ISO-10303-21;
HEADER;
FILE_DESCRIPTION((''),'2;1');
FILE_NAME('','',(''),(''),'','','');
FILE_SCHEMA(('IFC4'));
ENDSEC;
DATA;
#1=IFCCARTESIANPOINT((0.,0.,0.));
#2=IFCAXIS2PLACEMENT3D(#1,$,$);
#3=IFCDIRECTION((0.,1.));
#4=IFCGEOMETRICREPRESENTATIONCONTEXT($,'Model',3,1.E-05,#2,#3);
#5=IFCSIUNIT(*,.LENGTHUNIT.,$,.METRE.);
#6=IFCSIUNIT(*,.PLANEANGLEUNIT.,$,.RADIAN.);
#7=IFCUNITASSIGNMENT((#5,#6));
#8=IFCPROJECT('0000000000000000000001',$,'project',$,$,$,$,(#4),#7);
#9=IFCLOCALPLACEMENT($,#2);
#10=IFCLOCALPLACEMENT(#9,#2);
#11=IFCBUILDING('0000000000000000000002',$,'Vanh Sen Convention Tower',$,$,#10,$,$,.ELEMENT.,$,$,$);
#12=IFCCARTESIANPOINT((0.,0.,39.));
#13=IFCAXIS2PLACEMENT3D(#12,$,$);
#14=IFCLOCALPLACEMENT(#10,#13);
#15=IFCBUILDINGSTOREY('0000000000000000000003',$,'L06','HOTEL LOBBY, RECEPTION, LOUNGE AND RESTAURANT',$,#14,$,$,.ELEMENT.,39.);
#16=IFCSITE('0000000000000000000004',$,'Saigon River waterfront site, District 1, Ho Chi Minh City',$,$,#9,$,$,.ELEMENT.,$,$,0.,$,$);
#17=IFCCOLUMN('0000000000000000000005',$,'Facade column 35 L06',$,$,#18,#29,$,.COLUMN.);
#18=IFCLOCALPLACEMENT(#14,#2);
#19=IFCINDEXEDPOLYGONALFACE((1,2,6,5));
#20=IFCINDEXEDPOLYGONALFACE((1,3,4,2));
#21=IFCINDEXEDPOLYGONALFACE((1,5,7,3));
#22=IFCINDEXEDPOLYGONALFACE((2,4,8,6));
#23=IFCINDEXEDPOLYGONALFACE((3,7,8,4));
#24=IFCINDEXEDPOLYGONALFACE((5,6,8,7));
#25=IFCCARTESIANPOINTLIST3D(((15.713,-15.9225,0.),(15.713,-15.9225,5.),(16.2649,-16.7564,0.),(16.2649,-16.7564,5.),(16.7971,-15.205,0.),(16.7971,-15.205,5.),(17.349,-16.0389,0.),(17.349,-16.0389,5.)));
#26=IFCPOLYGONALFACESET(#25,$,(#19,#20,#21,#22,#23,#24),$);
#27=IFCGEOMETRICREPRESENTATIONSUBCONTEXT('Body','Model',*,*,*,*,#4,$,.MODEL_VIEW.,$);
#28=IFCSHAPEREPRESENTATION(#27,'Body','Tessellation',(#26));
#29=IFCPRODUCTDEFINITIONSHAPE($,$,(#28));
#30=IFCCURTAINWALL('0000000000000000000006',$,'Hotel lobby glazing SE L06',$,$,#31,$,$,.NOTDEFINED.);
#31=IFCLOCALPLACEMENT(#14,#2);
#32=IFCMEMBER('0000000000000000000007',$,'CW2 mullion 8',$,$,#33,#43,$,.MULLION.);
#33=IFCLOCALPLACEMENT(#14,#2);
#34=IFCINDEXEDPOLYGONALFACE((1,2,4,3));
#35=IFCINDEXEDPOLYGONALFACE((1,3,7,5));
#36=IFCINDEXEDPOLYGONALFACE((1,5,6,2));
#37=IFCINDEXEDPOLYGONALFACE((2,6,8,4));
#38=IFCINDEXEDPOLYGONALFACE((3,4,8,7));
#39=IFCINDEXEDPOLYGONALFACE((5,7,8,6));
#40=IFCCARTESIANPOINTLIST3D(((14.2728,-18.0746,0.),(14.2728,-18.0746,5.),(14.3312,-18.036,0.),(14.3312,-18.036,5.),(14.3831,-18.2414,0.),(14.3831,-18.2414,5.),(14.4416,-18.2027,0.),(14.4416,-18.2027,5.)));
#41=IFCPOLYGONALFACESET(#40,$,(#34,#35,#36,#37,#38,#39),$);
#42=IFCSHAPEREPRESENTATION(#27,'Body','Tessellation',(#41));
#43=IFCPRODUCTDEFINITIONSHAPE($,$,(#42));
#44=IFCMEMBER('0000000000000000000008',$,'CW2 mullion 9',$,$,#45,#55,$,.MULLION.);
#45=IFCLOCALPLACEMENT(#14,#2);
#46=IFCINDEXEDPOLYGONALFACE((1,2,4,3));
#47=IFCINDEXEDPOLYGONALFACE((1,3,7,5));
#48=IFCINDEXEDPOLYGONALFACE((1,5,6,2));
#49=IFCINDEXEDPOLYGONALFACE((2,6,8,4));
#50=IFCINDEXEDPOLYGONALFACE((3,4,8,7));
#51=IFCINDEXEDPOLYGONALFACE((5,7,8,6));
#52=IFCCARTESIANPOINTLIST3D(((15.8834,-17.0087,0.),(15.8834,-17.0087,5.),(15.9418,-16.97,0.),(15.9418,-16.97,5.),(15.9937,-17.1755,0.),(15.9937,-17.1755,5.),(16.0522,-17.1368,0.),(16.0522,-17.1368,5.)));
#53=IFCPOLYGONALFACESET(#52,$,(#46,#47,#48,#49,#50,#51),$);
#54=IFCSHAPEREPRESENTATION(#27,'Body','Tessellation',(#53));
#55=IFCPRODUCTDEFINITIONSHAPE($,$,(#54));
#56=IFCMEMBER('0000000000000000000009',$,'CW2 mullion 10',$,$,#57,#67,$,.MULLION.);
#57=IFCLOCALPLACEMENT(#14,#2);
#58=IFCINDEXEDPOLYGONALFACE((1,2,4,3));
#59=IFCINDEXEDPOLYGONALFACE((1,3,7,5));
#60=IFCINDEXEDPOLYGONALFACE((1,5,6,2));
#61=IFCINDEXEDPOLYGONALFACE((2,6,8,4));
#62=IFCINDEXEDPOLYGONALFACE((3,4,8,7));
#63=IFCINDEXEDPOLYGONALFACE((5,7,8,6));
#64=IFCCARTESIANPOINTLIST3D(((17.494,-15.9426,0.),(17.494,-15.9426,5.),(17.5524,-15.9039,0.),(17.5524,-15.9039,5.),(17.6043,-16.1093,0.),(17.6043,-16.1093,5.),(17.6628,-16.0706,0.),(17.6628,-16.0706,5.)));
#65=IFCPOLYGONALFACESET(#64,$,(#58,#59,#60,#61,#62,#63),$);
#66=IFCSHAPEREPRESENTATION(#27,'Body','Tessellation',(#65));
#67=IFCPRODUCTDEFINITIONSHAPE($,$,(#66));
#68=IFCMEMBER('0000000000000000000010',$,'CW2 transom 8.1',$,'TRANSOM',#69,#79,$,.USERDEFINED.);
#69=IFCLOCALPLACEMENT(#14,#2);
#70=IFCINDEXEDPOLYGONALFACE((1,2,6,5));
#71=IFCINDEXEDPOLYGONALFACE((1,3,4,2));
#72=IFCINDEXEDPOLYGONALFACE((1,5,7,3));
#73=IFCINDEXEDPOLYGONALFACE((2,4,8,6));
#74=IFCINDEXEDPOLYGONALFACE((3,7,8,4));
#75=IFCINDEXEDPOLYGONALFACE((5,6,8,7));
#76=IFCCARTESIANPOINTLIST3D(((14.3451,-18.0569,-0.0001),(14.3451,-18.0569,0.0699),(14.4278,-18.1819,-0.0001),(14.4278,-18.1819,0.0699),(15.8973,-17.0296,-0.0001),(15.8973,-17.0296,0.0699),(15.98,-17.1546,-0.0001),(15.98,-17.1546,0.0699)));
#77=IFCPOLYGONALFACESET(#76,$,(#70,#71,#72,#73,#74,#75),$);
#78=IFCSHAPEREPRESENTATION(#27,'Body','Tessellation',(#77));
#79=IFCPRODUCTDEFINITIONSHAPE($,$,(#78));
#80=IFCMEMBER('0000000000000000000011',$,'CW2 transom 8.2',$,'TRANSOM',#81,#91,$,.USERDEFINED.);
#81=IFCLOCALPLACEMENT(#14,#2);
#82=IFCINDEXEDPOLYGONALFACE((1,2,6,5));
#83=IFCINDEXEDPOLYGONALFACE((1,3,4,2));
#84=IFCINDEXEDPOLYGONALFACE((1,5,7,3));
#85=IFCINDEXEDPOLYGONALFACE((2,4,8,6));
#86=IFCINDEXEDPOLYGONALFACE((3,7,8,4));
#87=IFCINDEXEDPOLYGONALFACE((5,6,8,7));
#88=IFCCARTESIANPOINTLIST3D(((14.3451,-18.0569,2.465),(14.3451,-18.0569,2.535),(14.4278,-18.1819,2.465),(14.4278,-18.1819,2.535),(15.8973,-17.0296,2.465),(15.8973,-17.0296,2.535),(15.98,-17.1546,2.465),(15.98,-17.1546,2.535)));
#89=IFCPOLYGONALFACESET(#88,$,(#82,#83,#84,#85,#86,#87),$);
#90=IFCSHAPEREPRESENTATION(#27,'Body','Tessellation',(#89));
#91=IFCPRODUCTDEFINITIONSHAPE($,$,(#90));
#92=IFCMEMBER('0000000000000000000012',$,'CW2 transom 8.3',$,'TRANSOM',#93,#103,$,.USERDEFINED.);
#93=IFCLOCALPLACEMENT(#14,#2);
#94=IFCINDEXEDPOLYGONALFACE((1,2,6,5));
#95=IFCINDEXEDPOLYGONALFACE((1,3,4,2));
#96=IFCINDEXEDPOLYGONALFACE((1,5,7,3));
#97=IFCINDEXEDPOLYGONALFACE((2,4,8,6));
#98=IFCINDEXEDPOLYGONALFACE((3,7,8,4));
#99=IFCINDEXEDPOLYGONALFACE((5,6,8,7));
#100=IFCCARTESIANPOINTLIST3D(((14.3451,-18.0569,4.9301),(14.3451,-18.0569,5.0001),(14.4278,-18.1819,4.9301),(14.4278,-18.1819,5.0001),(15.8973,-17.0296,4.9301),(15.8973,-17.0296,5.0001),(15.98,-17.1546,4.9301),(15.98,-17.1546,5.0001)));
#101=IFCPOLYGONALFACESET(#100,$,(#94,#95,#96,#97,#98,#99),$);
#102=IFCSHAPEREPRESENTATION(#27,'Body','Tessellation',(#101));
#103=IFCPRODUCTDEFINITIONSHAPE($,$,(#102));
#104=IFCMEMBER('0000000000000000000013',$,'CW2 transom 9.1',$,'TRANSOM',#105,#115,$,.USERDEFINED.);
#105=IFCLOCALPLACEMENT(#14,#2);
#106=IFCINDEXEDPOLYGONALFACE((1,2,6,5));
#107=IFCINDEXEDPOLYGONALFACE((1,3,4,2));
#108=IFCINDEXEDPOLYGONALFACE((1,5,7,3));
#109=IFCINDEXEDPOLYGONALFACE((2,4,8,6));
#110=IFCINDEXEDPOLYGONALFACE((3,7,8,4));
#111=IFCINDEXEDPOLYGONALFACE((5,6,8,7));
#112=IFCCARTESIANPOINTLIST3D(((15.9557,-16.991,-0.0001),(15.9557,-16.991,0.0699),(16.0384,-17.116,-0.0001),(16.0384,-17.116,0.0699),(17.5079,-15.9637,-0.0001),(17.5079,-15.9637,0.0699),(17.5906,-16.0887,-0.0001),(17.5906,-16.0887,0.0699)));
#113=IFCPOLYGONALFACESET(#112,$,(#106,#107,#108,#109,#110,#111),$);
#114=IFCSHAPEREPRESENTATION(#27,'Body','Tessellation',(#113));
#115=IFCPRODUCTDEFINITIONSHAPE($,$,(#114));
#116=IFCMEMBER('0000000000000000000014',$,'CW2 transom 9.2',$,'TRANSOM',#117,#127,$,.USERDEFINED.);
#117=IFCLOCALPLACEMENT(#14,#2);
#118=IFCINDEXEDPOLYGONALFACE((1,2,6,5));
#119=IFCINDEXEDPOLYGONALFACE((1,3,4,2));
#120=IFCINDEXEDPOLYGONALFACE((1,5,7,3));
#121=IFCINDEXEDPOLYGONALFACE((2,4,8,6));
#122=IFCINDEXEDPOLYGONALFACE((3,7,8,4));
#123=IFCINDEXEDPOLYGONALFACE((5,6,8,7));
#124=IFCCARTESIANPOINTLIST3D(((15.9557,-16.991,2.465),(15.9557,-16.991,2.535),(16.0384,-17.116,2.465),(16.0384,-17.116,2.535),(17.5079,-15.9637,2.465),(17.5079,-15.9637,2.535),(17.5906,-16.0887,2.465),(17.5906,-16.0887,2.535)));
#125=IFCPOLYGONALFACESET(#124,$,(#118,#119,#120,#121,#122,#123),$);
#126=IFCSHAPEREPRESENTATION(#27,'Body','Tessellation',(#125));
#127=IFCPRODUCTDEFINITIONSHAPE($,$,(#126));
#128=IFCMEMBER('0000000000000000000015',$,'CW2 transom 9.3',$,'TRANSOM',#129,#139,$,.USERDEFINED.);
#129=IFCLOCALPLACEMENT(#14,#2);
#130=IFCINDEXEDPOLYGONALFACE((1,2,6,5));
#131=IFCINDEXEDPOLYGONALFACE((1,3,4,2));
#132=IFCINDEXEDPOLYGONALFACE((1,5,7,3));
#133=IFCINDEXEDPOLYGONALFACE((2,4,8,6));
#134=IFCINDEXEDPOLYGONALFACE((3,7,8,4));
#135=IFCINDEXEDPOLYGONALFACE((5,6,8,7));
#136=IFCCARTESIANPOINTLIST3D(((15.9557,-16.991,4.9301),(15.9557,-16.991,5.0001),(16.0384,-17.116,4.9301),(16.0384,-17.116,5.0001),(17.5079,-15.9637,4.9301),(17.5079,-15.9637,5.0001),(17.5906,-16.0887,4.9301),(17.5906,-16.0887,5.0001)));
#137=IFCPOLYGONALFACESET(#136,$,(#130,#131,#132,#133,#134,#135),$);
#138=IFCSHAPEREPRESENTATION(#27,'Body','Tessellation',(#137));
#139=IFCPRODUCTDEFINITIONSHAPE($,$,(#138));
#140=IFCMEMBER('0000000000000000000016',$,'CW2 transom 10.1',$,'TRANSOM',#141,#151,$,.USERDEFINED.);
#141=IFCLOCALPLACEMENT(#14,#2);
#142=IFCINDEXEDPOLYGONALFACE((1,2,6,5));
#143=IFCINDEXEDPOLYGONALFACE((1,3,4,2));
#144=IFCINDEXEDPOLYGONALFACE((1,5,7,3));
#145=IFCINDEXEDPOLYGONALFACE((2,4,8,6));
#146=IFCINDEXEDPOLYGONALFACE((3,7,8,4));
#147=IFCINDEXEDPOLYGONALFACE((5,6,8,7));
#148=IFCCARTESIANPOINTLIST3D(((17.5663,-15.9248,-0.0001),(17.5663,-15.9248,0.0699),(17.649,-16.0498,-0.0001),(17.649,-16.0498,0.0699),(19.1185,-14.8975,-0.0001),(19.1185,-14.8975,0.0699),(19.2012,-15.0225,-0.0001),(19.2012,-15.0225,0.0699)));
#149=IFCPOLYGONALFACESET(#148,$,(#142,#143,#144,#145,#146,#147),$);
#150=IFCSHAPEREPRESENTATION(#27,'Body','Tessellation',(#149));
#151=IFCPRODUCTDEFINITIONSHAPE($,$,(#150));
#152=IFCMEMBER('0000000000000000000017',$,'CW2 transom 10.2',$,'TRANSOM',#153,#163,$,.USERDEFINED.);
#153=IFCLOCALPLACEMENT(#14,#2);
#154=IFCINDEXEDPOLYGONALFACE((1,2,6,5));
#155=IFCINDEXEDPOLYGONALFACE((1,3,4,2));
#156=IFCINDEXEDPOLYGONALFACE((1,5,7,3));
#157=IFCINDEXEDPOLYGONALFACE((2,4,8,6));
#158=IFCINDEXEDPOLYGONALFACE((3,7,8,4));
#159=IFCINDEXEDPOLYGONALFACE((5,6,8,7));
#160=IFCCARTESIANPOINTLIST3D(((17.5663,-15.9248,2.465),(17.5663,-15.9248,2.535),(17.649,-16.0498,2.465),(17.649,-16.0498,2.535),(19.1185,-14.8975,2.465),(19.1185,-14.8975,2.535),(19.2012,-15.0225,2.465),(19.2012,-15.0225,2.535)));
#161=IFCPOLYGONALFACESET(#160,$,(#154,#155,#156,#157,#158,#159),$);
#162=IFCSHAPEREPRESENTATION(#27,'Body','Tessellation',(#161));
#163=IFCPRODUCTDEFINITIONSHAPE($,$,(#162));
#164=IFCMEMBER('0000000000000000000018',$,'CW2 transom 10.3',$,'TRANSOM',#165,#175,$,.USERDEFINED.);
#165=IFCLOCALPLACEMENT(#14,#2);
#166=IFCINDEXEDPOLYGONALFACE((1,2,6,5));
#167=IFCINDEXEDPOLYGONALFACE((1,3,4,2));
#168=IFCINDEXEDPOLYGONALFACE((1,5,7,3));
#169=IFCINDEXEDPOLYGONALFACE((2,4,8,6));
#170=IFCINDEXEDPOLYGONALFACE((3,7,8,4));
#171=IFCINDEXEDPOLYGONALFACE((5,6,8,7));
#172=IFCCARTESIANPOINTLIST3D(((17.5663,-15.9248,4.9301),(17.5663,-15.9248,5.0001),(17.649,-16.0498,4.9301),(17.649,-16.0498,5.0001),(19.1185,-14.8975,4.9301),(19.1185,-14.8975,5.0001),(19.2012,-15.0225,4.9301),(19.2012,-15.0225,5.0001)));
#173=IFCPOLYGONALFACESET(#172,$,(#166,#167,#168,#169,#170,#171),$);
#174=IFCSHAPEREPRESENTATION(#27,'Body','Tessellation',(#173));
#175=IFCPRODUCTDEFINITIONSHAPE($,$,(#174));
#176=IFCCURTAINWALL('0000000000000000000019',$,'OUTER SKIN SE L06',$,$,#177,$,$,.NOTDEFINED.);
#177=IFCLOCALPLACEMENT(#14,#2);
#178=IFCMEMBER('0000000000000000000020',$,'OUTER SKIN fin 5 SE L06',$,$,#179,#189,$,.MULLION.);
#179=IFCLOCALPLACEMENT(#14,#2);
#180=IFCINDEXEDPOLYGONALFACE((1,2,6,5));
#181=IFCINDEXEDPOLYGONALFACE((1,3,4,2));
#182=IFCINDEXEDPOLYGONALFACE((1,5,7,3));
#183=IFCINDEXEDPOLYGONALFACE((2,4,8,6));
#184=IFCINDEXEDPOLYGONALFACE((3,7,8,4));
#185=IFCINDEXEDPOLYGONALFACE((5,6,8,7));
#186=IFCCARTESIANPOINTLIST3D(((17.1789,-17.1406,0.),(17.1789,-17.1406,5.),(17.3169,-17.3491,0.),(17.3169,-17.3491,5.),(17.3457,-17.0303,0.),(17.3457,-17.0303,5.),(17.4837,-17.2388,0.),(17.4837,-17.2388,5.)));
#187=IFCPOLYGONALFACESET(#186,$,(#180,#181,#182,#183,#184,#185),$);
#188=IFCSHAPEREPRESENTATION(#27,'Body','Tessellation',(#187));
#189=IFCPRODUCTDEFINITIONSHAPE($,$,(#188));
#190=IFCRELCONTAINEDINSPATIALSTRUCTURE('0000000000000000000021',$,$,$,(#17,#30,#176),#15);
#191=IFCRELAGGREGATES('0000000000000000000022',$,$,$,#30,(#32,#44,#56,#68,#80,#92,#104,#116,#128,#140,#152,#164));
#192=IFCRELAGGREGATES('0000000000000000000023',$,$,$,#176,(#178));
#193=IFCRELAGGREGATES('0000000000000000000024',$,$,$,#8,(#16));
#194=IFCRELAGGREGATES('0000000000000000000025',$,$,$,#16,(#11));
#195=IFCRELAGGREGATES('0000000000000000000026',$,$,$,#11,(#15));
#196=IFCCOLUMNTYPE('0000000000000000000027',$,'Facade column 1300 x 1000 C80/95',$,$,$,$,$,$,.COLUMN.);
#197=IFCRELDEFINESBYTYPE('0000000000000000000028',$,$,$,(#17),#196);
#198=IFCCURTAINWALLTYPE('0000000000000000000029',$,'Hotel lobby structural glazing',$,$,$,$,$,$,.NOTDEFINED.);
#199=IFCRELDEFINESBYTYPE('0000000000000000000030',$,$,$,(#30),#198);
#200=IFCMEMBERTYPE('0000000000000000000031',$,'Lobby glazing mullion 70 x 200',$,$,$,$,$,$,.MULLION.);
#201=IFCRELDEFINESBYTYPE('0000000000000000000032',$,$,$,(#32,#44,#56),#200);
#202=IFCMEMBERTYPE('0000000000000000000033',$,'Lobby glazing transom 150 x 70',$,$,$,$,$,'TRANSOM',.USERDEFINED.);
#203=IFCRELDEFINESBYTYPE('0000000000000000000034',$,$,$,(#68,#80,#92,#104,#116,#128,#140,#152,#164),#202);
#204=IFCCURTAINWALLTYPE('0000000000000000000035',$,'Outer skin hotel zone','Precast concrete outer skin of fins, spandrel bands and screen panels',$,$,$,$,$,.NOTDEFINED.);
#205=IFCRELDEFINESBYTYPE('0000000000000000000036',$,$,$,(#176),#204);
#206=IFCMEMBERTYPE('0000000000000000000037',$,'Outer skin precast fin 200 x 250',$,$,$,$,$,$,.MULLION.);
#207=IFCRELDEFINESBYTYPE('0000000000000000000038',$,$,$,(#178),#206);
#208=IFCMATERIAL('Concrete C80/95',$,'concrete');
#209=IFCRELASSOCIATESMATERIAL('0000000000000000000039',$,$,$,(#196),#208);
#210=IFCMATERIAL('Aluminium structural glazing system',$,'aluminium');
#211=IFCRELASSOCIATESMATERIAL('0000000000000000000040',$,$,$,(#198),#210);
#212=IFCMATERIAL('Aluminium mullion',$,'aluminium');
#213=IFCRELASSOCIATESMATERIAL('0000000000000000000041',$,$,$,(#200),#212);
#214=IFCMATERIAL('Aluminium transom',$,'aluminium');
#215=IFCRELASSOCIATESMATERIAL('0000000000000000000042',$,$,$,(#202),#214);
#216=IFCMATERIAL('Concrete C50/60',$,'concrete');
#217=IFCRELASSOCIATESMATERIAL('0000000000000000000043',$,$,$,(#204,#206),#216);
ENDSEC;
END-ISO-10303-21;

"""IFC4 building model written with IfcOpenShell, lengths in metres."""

from ifc_helpers import new_model, si_unit, direction, frame, origin, origin_2d, place, context, subcontext, project, spatial, rectangle, extrude, material, material_profile, profile_set, type_object, element, aggregate, save


model = new_model("IFC4")

# Units and contexts
model_context = context("Model", 3, precision=1e-05, world=origin(), true_north=direction((0.0, 1.0)))
body_context = subcontext(model_context, "Body", "Model", "MODEL_VIEW")
ifc_project = project(units=[si_unit("LENGTHUNIT", "METRE"), si_unit("PLANEANGLEUNIT", "RADIAN")], contexts=[model_context])

# Site, building, storey
site_placement = place(None, origin())
site = spatial("IfcSite", under=ifc_project, at=site_placement, Name="Saigon River waterfront site, District 1, Ho Chi Minh City", CompositionType="ELEMENT", RefElevation=0.0)
building_placement = place(site_placement, origin())
building = spatial("IfcBuilding", under=site, at=building_placement, Name="Vanh Sen Convention Tower", CompositionType="ELEMENT")
storey_placement = place(building_placement, frame((0.0, 0.0, 39.0)))
storey = spatial("IfcBuildingStorey", under=building, at=storey_placement, Name="L06", Description="HOTEL LOBBY, RECEPTION, LOUNGE AND RESTAURANT", CompositionType="ELEMENT", Elevation=39.0)

# Column
ifc_material_1 = material(Name="Concrete C80/95", Category="concrete")
ifc_material_profile_1 = material_profile(ifc_material_1, rectangle(XDim=1.3, YDim=1.0, at=origin_2d()), Name="RC 1300X1000")
ifc_profile_set_1 = profile_set([ifc_material_profile_1], Name="Concrete C80/95")
column_type = type_object("IfcColumnType", Name="Facade column 1300 x 1000 C80/95", PredefinedType="COLUMN", material=ifc_profile_set_1)
column_placement = place(storey_placement, frame((16.531, -15.9807, 0.0), z_axis=(0.0, 0.0, 1.0), x_axis=(0.833886, 0.551937, 0.0)))
element("IfcColumn", 1, at=column_placement, inside=storey, type_object=column_type, Name="Facade column 35 L06", PredefinedType="COLUMN", context=body_context, shape_type="SweptSolid", body=[
    extrude(rectangle(XDim=1.3, YDim=1.0, at=origin_2d()), origin(), (0.0, 0.0, 1.0), 5.0),
])

# Curtain wall, members
ifc_material_2 = material(Name="Aluminium structural glazing system", Category="aluminium")
curtain_wall_type_1 = type_object("IfcCurtainWallType", Name="Hotel lobby structural glazing", PredefinedType="NOTDEFINED", material=ifc_material_2)
curtain_wall_1_placement = place(storey_placement, origin())
curtain_wall_1 = element("IfcCurtainWall", 2, at=curtain_wall_1_placement, inside=storey, type_object=curtain_wall_type_1, Name="Hotel lobby glazing SE L06", PredefinedType="NOTDEFINED")
ifc_material_3 = material(Name="Aluminium mullion", Category="aluminium")
ifc_material_profile_2 = material_profile(ifc_material_3, rectangle(XDim=0.2, YDim=0.0701, at=origin_2d()), Name="Lobby glazing mullion 70 x 200")
ifc_profile_set_2 = profile_set([ifc_material_profile_2], Name="Aluminium mullion")
member_type_1 = type_object("IfcMemberType", Name="Lobby glazing mullion 70 x 200", PredefinedType="MULLION", material=ifc_profile_set_2)
member_1_placement = place(storey_placement, frame((14.3572, -18.1387, 0.0), z_axis=(0.0, 0.0, 1.0), x_axis=(-0.551937, 0.833886, 0.0)))
member_1 = element("IfcMember", 3, at=member_1_placement, type_object=member_type_1, Name="CW2 mullion 8", PredefinedType="MULLION", context=body_context, shape_type="SweptSolid", body=[
    extrude(rectangle(XDim=0.2, YDim=0.0701, at=origin_2d()), origin(), (0.0, 0.0, 1.0), 5.0),
])
member_2_placement = place(storey_placement, frame((15.9678, -17.0728, 0.0), z_axis=(0.0, 0.0, 1.0), x_axis=(-0.551937, 0.833886, 0.0)))
member_2 = element("IfcMember", 4, at=member_2_placement, type_object=member_type_1, Name="CW2 mullion 9", PredefinedType="MULLION", context=body_context, shape_type="SweptSolid", body=[
    extrude(rectangle(XDim=0.2, YDim=0.0701, at=origin_2d()), origin(), (0.0, 0.0, 1.0), 5.0),
])
member_3_placement = place(storey_placement, frame((17.5784, -16.0066, 0.0), z_axis=(0.0, 0.0, 1.0), x_axis=(-0.551937, 0.833886, 0.0)))
member_3 = element("IfcMember", 5, at=member_3_placement, type_object=member_type_1, Name="CW2 mullion 10", PredefinedType="MULLION", context=body_context, shape_type="SweptSolid", body=[
    extrude(rectangle(XDim=0.2, YDim=0.0701, at=origin_2d()), origin(), (0.0, 0.0, 1.0), 5.0),
])
ifc_material_4 = material(Name="Aluminium transom", Category="aluminium")
ifc_material_profile_3 = material_profile(ifc_material_4, rectangle(XDim=0.1499, YDim=0.0701, at=origin_2d()), Name="Lobby glazing transom 150 x 70")
ifc_profile_set_3 = profile_set([ifc_material_profile_3], Name="Aluminium transom")
member_type_2 = type_object("IfcMemberType", Name="Lobby glazing transom 150 x 70", ElementType="TRANSOM", PredefinedType="USERDEFINED", material=ifc_profile_set_3)
member_4_placement = place(storey_placement, frame((14.3865, -18.1194, 0.0349), z_axis=(0.833902, 0.551913, 0.0), x_axis=(-0.551913, 0.833902, 0.0)))
member_4 = element("IfcMember", 6, at=member_4_placement, type_object=member_type_2, Name="CW2 transom 8.1", ObjectType="TRANSOM", PredefinedType="USERDEFINED", context=body_context, shape_type="SweptSolid", body=[
    extrude(rectangle(XDim=0.1499, YDim=0.0701, at=origin_2d()), origin(), (0.0, 0.0, 1.0), 1.8613),
])
member_5_placement = place(storey_placement, frame((14.3865, -18.1194, 2.5), z_axis=(0.833902, 0.551913, 0.0), x_axis=(-0.551913, 0.833902, 0.0)))
member_5 = element("IfcMember", 7, at=member_5_placement, type_object=member_type_2, Name="CW2 transom 8.2", ObjectType="TRANSOM", PredefinedType="USERDEFINED", context=body_context, shape_type="SweptSolid", body=[
    extrude(rectangle(XDim=0.1499, YDim=0.0701, at=origin_2d()), origin(), (0.0, 0.0, 1.0), 1.8613),
])
member_6_placement = place(storey_placement, frame((14.3865, -18.1194, 4.9651), z_axis=(0.833902, 0.551913, 0.0), x_axis=(-0.551913, 0.833902, 0.0)))
member_6 = element("IfcMember", 8, at=member_6_placement, type_object=member_type_2, Name="CW2 transom 8.3", ObjectType="TRANSOM", PredefinedType="USERDEFINED", context=body_context, shape_type="SweptSolid", body=[
    extrude(rectangle(XDim=0.1499, YDim=0.0701, at=origin_2d()), origin(), (0.0, 0.0, 1.0), 1.8613),
])
member_7_placement = place(storey_placement, frame((15.9971, -17.0535, 0.0349), z_axis=(0.833902, 0.551913, 0.0), x_axis=(-0.551913, 0.833902, 0.0)))
member_7 = element("IfcMember", 9, at=member_7_placement, type_object=member_type_2, Name="CW2 transom 9.1", ObjectType="TRANSOM", PredefinedType="USERDEFINED", context=body_context, shape_type="SweptSolid", body=[
    extrude(rectangle(XDim=0.1499, YDim=0.0701, at=origin_2d()), origin(), (0.0, 0.0, 1.0), 1.8613),
])
member_8_placement = place(storey_placement, frame((15.9971, -17.0535, 2.5), z_axis=(0.833902, 0.551913, 0.0), x_axis=(-0.551913, 0.833902, 0.0)))
member_8 = element("IfcMember", 10, at=member_8_placement, type_object=member_type_2, Name="CW2 transom 9.2", ObjectType="TRANSOM", PredefinedType="USERDEFINED", context=body_context, shape_type="SweptSolid", body=[
    extrude(rectangle(XDim=0.1499, YDim=0.0701, at=origin_2d()), origin(), (0.0, 0.0, 1.0), 1.8613),
])
member_9_placement = place(storey_placement, frame((15.9971, -17.0535, 4.9651), z_axis=(0.833902, 0.551913, 0.0), x_axis=(-0.551913, 0.833902, 0.0)))
member_9 = element("IfcMember", 11, at=member_9_placement, type_object=member_type_2, Name="CW2 transom 9.3", ObjectType="TRANSOM", PredefinedType="USERDEFINED", context=body_context, shape_type="SweptSolid", body=[
    extrude(rectangle(XDim=0.1499, YDim=0.0701, at=origin_2d()), origin(), (0.0, 0.0, 1.0), 1.8613),
])
member_10_placement = place(storey_placement, frame((17.6077, -15.9873, 0.0349), z_axis=(0.833902, 0.551913, 0.0), x_axis=(-0.551913, 0.833902, 0.0)))
member_10 = element("IfcMember", 12, at=member_10_placement, type_object=member_type_2, Name="CW2 transom 10.1", ObjectType="TRANSOM", PredefinedType="USERDEFINED", context=body_context, shape_type="SweptSolid", body=[
    extrude(rectangle(XDim=0.1499, YDim=0.0701, at=origin_2d()), origin(), (0.0, 0.0, 1.0), 1.8613),
])
member_11_placement = place(storey_placement, frame((17.6077, -15.9873, 2.5), z_axis=(0.833902, 0.551913, 0.0), x_axis=(-0.551913, 0.833902, 0.0)))
member_11 = element("IfcMember", 13, at=member_11_placement, type_object=member_type_2, Name="CW2 transom 10.2", ObjectType="TRANSOM", PredefinedType="USERDEFINED", context=body_context, shape_type="SweptSolid", body=[
    extrude(rectangle(XDim=0.1499, YDim=0.0701, at=origin_2d()), origin(), (0.0, 0.0, 1.0), 1.8613),
])
member_12_placement = place(storey_placement, frame((17.6077, -15.9873, 4.9651), z_axis=(0.833902, 0.551913, 0.0), x_axis=(-0.551913, 0.833902, 0.0)))
member_12 = element("IfcMember", 14, at=member_12_placement, type_object=member_type_2, Name="CW2 transom 10.3", ObjectType="TRANSOM", PredefinedType="USERDEFINED", context=body_context, shape_type="SweptSolid", body=[
    extrude(rectangle(XDim=0.1499, YDim=0.0701, at=origin_2d()), origin(), (0.0, 0.0, 1.0), 1.8613),
])

# Curtain wall, member
ifc_material_5 = material(Name="Concrete C50/60", Category="concrete")
curtain_wall_type_2 = type_object("IfcCurtainWallType", Name="Outer skin hotel zone", Description="Precast concrete outer skin of fins, spandrel bands and screen panels", PredefinedType="NOTDEFINED", material=ifc_material_5)
curtain_wall_2_placement = place(storey_placement, origin())
curtain_wall_2 = element("IfcCurtainWall", 15, at=curtain_wall_2_placement, inside=storey, type_object=curtain_wall_type_2, Name="OUTER SKIN SE L06", PredefinedType="NOTDEFINED")
ifc_material_profile_4 = material_profile(ifc_material_5, rectangle(XDim=0.2, YDim=0.25, at=origin_2d()), Name="Outer skin precast fin 200 x 250")
ifc_profile_set_4 = profile_set([ifc_material_profile_4], Name="Concrete C50/60")
member_type_3 = type_object("IfcMemberType", Name="Outer skin precast fin 200 x 250", PredefinedType="MULLION", material=ifc_profile_set_4)
member_13_placement = place(storey_placement, frame((17.3313, -17.1897, 0.0), z_axis=(0.0, 0.0, 1.0), x_axis=(0.833886, 0.551937, 0.0)))
member_13 = element("IfcMember", 16, at=member_13_placement, type_object=member_type_3, Name="OUTER SKIN fin 5 SE L06", PredefinedType="MULLION", context=body_context, shape_type="SweptSolid", body=[
    extrude(rectangle(XDim=0.2, YDim=0.25, at=origin_2d()), origin(), (0.0, 0.0, 1.0), 5.0),
])

aggregate(curtain_wall_1, [member_1, member_2, member_3, member_4, member_5, member_6, member_7, member_8, member_9, member_10, member_11, member_12])
aggregate(curtain_wall_2, [member_13])

save(model, "model.ifc")
